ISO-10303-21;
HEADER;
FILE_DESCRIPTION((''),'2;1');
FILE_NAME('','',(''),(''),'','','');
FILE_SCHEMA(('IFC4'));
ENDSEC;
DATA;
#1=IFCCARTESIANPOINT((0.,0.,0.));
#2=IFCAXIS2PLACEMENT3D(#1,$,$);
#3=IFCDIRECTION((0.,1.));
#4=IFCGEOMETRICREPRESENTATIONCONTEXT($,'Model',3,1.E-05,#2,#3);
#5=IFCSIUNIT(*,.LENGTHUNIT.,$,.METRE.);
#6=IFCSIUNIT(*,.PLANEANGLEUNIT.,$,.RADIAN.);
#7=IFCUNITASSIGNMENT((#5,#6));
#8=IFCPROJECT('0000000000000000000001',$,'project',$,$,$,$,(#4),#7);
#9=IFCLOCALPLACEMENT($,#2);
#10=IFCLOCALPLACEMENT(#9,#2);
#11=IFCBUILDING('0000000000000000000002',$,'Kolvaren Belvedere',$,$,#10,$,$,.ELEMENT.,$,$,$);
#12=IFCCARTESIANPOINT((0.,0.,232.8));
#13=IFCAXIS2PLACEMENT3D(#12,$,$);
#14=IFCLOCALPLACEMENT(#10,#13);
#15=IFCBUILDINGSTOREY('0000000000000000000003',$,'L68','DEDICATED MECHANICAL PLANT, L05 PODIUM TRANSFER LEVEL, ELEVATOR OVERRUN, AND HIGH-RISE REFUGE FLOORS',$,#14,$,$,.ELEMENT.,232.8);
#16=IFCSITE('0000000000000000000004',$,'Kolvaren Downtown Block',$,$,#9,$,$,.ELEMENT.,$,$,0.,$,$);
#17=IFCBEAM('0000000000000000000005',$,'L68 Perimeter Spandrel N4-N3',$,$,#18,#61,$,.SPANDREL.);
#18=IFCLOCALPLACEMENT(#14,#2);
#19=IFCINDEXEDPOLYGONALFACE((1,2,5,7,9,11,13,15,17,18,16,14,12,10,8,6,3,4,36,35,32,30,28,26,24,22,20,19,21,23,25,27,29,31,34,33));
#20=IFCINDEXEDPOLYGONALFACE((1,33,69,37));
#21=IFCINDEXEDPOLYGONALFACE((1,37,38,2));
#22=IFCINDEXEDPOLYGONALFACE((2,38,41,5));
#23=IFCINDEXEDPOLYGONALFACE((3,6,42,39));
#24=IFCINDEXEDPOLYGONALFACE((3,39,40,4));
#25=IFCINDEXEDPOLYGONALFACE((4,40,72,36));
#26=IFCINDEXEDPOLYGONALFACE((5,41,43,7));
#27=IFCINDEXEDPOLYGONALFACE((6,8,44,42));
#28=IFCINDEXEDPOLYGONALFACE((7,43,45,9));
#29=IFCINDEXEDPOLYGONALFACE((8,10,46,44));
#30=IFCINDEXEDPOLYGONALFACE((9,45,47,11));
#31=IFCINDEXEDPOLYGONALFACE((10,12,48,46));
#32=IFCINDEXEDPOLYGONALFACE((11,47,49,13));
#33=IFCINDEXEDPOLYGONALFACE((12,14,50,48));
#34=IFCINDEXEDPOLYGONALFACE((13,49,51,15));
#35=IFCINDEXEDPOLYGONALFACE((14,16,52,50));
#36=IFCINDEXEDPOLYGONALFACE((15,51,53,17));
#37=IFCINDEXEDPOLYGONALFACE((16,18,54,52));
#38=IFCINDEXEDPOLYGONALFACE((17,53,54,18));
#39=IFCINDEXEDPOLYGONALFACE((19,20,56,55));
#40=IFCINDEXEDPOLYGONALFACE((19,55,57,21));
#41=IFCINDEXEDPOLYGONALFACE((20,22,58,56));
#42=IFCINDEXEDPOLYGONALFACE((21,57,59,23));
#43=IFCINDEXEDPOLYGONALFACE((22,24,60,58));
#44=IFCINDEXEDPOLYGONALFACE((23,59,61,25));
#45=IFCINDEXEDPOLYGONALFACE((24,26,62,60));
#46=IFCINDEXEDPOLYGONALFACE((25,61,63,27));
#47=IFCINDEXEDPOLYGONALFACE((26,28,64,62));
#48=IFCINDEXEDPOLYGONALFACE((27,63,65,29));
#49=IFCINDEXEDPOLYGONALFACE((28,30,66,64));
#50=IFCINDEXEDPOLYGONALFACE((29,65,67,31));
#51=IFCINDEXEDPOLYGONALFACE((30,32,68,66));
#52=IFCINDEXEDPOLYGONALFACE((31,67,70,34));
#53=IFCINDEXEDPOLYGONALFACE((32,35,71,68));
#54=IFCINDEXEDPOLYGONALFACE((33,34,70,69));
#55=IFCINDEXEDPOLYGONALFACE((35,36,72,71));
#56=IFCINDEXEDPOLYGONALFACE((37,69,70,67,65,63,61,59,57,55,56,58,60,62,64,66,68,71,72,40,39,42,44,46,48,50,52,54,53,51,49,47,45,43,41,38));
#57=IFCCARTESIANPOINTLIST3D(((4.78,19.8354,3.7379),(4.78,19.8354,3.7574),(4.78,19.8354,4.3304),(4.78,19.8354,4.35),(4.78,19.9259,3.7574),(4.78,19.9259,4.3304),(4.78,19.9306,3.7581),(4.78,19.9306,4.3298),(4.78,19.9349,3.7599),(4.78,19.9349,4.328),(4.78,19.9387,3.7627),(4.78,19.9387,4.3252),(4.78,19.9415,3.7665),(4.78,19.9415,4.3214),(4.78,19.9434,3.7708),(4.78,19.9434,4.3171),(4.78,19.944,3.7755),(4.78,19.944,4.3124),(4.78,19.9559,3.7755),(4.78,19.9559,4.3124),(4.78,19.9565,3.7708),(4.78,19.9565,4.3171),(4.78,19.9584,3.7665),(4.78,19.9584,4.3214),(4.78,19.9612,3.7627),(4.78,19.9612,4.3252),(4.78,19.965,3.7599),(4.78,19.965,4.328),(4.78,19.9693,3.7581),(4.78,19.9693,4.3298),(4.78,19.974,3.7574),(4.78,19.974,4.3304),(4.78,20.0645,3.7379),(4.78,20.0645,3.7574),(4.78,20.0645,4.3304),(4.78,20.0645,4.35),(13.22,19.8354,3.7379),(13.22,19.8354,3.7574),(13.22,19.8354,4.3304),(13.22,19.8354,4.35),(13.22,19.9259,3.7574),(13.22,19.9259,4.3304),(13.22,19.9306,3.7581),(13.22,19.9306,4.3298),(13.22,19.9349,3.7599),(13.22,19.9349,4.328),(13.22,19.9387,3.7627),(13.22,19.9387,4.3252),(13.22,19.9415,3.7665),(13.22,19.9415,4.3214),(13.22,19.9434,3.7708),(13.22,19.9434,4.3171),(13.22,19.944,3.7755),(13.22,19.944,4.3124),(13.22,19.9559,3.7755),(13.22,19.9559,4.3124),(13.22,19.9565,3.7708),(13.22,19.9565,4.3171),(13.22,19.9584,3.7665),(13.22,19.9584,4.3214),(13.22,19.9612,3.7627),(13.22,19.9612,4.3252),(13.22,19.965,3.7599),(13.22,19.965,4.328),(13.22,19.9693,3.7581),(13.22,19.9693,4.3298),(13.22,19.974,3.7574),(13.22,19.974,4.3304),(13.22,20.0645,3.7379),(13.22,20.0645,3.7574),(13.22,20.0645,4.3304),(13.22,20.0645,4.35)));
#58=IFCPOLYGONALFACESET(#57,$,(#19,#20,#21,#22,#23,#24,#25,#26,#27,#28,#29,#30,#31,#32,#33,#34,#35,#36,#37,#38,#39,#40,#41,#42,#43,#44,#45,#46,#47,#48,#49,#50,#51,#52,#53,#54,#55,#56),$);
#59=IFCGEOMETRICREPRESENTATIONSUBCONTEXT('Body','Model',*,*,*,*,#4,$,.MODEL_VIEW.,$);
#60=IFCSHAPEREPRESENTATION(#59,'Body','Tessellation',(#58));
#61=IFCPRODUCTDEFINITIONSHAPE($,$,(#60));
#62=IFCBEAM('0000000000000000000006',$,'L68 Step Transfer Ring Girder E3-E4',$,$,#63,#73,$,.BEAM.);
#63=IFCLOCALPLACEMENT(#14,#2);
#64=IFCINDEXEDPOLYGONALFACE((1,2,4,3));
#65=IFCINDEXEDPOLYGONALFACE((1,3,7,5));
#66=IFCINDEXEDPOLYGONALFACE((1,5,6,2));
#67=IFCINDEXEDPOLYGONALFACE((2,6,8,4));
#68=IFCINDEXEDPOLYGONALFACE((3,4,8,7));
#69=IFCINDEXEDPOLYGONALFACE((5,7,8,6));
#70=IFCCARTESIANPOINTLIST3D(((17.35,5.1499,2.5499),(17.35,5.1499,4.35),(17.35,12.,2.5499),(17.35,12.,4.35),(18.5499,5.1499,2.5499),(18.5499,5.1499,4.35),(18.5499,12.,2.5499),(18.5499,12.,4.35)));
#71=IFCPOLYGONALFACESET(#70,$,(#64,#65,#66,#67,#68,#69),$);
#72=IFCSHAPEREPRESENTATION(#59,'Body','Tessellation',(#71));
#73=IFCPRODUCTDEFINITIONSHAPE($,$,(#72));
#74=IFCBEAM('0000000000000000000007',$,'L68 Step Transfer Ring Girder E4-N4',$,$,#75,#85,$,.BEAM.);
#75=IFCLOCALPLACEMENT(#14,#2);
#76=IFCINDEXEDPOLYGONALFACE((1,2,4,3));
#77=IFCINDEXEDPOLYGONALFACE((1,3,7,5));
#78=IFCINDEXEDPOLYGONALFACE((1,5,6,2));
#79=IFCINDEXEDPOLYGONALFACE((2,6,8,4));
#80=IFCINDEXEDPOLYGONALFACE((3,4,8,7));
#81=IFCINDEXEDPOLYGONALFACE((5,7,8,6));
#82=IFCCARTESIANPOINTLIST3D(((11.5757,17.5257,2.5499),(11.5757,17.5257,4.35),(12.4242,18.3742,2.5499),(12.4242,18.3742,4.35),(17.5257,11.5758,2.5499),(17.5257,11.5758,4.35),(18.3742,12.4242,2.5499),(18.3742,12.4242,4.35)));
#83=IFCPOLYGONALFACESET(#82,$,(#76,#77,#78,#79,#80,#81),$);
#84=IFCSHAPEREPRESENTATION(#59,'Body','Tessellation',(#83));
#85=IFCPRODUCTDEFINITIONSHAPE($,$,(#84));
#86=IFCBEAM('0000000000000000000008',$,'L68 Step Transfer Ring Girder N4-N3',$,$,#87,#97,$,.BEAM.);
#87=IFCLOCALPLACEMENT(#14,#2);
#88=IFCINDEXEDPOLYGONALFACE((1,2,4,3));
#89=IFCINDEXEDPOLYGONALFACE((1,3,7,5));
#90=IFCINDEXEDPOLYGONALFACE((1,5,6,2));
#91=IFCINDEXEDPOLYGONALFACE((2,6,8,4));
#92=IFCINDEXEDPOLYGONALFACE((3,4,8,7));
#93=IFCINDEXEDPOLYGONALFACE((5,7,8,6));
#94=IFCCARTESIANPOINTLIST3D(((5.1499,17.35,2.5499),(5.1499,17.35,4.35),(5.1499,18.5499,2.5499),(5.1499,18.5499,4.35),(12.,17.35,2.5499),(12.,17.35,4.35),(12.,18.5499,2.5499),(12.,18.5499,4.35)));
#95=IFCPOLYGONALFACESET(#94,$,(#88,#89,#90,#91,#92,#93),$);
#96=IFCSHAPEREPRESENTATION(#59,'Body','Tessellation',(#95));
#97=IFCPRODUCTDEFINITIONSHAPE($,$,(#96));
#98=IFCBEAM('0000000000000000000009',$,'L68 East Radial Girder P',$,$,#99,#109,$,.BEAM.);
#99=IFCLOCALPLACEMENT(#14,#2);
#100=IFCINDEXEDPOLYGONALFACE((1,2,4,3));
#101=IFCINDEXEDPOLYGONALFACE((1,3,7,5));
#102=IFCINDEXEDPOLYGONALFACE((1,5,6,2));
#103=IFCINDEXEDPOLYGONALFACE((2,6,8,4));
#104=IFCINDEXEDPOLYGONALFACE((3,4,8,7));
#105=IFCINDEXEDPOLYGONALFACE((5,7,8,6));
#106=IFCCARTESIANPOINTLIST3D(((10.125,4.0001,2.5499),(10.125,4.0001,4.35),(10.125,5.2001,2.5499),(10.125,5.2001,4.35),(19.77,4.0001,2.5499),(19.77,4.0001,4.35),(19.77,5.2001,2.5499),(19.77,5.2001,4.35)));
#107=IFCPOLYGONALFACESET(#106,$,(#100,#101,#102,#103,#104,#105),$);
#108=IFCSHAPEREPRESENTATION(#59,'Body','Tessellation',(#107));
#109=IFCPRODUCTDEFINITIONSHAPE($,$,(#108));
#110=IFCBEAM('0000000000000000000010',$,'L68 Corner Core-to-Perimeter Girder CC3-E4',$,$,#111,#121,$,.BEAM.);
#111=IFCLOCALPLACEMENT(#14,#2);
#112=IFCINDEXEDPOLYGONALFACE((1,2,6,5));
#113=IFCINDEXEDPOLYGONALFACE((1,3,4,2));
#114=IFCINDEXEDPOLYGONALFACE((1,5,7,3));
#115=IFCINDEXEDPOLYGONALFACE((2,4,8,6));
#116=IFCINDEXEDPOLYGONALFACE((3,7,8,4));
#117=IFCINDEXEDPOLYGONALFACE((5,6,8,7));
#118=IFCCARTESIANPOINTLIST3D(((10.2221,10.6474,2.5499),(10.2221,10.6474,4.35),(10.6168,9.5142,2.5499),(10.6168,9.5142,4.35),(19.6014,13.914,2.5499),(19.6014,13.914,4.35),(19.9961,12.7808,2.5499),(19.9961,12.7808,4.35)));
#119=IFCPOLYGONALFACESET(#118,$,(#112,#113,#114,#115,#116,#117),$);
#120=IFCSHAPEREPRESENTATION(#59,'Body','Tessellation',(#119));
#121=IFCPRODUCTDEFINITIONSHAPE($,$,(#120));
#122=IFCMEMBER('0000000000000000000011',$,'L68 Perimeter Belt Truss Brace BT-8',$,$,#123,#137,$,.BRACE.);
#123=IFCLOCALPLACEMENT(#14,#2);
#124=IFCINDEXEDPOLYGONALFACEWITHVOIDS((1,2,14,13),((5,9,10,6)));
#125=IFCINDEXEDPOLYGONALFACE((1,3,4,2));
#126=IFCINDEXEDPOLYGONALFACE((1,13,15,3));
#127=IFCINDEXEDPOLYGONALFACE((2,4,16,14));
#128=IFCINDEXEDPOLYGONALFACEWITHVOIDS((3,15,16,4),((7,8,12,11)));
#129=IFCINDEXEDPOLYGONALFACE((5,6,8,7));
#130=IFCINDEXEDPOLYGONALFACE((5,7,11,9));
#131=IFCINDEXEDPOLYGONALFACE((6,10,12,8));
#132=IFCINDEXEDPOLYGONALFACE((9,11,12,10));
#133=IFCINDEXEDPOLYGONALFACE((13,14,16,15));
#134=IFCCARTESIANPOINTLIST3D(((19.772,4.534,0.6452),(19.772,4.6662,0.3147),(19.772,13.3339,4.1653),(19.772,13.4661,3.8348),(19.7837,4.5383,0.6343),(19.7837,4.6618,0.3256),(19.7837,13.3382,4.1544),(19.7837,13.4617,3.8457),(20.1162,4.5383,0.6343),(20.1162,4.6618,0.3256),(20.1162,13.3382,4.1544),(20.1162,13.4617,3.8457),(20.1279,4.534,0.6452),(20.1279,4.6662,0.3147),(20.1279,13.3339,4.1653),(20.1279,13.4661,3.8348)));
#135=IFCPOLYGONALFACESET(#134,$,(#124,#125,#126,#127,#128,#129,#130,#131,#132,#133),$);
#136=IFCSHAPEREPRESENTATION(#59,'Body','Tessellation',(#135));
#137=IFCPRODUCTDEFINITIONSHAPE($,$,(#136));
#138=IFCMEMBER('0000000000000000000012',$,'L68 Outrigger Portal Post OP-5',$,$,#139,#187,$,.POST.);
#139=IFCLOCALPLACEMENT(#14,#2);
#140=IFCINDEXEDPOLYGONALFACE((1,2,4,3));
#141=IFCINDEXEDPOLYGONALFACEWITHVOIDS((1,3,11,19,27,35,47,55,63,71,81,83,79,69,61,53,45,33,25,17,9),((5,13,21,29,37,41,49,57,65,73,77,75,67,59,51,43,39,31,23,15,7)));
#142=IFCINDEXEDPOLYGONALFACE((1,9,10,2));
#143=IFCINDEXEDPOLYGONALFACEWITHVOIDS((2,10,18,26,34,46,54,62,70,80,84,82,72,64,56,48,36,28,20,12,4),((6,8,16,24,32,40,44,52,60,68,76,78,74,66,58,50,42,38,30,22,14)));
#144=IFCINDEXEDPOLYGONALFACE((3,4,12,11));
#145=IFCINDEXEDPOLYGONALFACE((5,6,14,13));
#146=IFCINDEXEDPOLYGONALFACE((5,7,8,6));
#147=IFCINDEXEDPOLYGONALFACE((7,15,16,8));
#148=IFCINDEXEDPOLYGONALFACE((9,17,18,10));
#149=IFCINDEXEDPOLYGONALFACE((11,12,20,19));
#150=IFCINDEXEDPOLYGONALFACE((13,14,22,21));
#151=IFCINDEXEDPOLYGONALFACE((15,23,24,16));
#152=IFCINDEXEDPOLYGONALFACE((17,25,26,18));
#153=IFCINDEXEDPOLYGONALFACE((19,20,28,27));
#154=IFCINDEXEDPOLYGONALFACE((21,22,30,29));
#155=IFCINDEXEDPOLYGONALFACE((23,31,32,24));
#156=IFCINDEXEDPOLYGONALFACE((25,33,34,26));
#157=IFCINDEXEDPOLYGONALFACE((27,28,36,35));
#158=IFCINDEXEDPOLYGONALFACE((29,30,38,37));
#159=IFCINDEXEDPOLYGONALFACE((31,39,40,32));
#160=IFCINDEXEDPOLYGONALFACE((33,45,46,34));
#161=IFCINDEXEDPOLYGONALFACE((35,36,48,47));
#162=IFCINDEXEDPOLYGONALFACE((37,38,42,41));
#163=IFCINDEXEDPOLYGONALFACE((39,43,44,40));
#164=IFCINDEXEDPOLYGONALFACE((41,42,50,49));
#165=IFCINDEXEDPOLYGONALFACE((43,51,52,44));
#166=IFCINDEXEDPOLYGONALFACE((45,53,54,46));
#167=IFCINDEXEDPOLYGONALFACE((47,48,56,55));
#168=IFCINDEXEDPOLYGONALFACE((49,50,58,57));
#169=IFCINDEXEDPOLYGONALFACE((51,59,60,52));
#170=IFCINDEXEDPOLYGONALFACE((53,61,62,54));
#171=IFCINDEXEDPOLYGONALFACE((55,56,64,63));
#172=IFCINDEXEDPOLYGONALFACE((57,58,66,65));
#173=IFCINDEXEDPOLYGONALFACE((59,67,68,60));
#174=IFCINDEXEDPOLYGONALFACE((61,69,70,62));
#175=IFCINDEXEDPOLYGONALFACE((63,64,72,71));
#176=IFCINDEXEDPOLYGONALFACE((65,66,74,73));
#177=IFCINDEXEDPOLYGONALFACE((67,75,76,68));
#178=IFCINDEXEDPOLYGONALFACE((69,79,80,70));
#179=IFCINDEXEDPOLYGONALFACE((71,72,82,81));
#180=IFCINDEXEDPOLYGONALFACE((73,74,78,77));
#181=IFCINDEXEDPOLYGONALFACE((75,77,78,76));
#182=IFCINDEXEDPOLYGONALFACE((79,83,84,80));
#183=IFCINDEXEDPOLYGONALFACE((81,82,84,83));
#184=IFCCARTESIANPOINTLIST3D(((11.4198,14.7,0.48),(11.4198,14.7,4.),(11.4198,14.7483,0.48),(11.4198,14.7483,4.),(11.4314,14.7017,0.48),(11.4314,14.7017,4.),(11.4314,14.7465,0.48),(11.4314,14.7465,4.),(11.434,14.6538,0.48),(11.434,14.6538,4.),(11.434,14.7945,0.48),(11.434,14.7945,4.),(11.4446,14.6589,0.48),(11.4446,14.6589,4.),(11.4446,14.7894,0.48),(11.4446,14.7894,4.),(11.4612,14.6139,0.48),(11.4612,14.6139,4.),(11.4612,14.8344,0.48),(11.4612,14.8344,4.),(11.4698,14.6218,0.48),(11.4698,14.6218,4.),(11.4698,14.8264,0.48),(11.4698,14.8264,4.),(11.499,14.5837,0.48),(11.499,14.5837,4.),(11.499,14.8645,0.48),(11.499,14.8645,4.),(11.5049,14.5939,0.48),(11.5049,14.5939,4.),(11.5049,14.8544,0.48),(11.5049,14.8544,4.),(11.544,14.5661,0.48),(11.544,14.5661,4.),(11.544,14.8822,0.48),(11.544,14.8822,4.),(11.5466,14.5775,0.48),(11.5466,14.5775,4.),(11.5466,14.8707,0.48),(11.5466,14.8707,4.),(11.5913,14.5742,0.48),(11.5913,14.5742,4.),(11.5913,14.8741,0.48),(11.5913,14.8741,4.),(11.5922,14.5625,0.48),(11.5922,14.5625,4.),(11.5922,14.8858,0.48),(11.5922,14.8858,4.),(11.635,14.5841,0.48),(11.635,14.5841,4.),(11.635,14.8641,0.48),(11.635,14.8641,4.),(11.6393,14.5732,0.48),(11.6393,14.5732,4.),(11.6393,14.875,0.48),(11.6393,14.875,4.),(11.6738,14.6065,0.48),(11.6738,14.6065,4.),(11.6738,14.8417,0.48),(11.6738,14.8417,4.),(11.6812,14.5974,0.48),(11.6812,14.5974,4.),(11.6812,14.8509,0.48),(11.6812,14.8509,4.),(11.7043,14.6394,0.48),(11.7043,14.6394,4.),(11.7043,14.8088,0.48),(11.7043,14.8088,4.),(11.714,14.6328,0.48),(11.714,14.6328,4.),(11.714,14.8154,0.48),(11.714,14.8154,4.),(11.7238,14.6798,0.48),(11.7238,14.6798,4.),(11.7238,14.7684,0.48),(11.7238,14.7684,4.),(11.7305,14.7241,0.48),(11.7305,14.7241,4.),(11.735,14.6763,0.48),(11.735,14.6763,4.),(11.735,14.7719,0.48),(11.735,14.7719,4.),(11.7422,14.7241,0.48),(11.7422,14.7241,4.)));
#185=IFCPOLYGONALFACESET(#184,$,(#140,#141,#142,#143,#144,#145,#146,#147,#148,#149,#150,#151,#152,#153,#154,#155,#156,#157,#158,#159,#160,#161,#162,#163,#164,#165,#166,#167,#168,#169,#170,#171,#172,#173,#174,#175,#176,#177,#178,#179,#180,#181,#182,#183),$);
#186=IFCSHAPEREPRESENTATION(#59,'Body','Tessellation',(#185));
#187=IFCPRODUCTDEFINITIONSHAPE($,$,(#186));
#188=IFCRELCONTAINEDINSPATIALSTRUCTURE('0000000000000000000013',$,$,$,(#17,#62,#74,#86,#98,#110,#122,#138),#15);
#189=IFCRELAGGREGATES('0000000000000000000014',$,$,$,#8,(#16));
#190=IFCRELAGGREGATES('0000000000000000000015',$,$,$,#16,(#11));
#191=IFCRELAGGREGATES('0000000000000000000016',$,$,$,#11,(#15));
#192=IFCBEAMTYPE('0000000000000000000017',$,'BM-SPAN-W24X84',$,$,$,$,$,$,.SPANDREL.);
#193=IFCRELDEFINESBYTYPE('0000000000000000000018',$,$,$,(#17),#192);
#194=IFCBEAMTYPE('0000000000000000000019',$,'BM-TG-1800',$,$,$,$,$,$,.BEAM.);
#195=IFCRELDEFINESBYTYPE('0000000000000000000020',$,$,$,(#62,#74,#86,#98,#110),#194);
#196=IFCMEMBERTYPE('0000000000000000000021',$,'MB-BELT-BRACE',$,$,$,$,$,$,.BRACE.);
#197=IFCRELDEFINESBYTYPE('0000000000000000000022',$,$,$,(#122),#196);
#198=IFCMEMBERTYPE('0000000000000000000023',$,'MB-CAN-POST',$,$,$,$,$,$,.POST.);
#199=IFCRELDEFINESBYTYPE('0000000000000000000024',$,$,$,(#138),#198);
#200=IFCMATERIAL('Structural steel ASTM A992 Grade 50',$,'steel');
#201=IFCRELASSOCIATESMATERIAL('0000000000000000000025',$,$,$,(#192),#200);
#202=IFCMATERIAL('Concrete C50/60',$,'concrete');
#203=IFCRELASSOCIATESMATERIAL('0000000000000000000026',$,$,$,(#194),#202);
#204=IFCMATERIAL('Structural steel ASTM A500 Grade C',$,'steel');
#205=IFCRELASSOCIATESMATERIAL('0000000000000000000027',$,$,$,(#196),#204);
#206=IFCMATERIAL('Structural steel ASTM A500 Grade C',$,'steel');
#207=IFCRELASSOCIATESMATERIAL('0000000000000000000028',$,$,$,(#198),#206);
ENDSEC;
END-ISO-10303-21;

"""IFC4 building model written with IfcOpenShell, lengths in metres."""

from ifc_helpers import new_model, si_unit, direction, frame, origin, origin_2d, place, context, subcontext, project, spatial, rectangle, hollow_rectangle, hollow_circle, i_section, extrude, material, material_profile, profile_set, type_object, element, save


model = new_model("IFC4")

# Units and contexts
model_context = context("Model", 3, precision=1e-05, world=origin(), true_north=direction((0.0, 1.0)))
body_context = subcontext(model_context, "Body", "Model", "MODEL_VIEW")
ifc_project = project(units=[si_unit("LENGTHUNIT", "METRE"), si_unit("PLANEANGLEUNIT", "RADIAN")], contexts=[model_context])

# Site, building, storey
site_placement = place(None, origin())
site = spatial("IfcSite", under=ifc_project, at=site_placement, Name="Kolvaren Downtown Block", CompositionType="ELEMENT", RefElevation=0.0)
building_placement = place(site_placement, origin())
building = spatial("IfcBuilding", under=site, at=building_placement, Name="Kolvaren Belvedere", CompositionType="ELEMENT")
storey_placement = place(building_placement, frame((0.0, 0.0, 232.8)))
storey = spatial("IfcBuildingStorey", under=building, at=storey_placement, Name="L68", Description="DEDICATED MECHANICAL PLANT, L05 PODIUM TRANSFER LEVEL, ELEVATOR OVERRUN, AND HIGH-RISE REFUGE FLOORS", CompositionType="ELEMENT", Elevation=232.8)

# Beams
ifc_material_1 = material(Name="Structural steel ASTM A992 Grade 50", Category="steel")
ifc_material_profile_1 = material_profile(ifc_material_1, i_section(OverallWidth=0.229, OverallDepth=0.6121, WebThickness=0.012, FlangeThickness=0.0195, FilletRadius=0.0181, at=origin_2d()), Name="W24X84")
ifc_profile_set_1 = profile_set([ifc_material_profile_1], Name="Structural steel ASTM A992 Grade 50")
beam_type_1 = type_object("IfcBeamType", Name="BM-SPAN-W24X84", PredefinedType="SPANDREL", material=ifc_profile_set_1)
beam_1_placement = place(storey_placement, frame((13.22, 19.95, 4.0439), z_axis=(-1.0, 0.0, 0.0), x_axis=(0.0, -1.0, 0.0)))
element("IfcBeam", 1, at=beam_1_placement, inside=storey, type_object=beam_type_1, Name="L68 Perimeter Spandrel N4-N3", PredefinedType="SPANDREL", context=body_context, shape_type="SweptSolid", body=[
    extrude(i_section(OverallWidth=0.229, OverallDepth=0.6121, WebThickness=0.012, FlangeThickness=0.0195, FilletRadius=0.0181, at=origin_2d()), origin(), (0.0, 0.0, 1.0), 8.4399),
])
ifc_material_2 = material(Name="Concrete C50/60", Category="concrete")
ifc_material_profile_2 = material_profile(ifc_material_2, rectangle(XDim=1.2, YDim=1.8, at=origin_2d()), Name="RC 1200X1800")
ifc_profile_set_2 = profile_set([ifc_material_profile_2], Name="Concrete C50/60")
beam_type_2 = type_object("IfcBeamType", Name="BM-TG-1800", PredefinedType="BEAM", material=ifc_profile_set_2)
beam_2_placement = place(storey_placement, frame((17.95, 5.1499, 3.45), z_axis=(0.0, 1.0, 0.0), x_axis=(-1.0, 0.0, 0.0)))
element("IfcBeam", 2, at=beam_2_placement, inside=storey, type_object=beam_type_2, Name="L68 Step Transfer Ring Girder E3-E4", PredefinedType="BEAM", context=body_context, shape_type="SweptSolid", body=[
    extrude(rectangle(XDim=1.2, YDim=1.8, at=origin_2d()), origin(), (0.0, 0.0, 1.0), 6.8501),
])
beam_3_placement = place(storey_placement, frame((17.95, 12.0, 3.45), z_axis=(-0.707107, 0.707107, 0.0), x_axis=(-0.707107, -0.707107, 0.0)))
element("IfcBeam", 3, at=beam_3_placement, inside=storey, type_object=beam_type_2, Name="L68 Step Transfer Ring Girder E4-N4", PredefinedType="BEAM", context=body_context, shape_type="SweptSolid", body=[
    extrude(rectangle(XDim=1.2, YDim=1.8, at=origin_2d()), origin(), (0.0, 0.0, 1.0), 8.4146),
])
beam_4_placement = place(storey_placement, frame((12.0, 17.95, 3.45), z_axis=(-1.0, 0.0, 0.0), x_axis=(0.0, -1.0, 0.0)))
element("IfcBeam", 4, at=beam_4_placement, inside=storey, type_object=beam_type_2, Name="L68 Step Transfer Ring Girder N4-N3", PredefinedType="BEAM", context=body_context, shape_type="SweptSolid", body=[
    extrude(rectangle(XDim=1.2, YDim=1.8, at=origin_2d()), origin(), (0.0, 0.0, 1.0), 6.8501),
])
beam_5_placement = place(storey_placement, frame((10.125, 4.6001, 3.45), z_axis=(1.0, 0.0, 0.0), x_axis=(0.0, 1.0, 0.0)))
element("IfcBeam", 5, at=beam_5_placement, inside=storey, type_object=beam_type_2, Name="L68 East Radial Girder P", PredefinedType="BEAM", context=body_context, shape_type="SweptSolid", body=[
    extrude(rectangle(XDim=1.2, YDim=1.8, at=origin_2d()), origin(), (0.0, 0.0, 1.0), 9.645),
])
beam_6_placement = place(storey_placement, frame((10.4194, 10.0808, 3.45), z_axis=(0.944365, 0.328898, 0.0), x_axis=(-0.328898, 0.944365, 0.0)))
element("IfcBeam", 6, at=beam_6_placement, inside=storey, type_object=beam_type_2, Name="L68 Corner Core-to-Perimeter Girder CC3-E4", PredefinedType="BEAM", context=body_context, shape_type="SweptSolid", body=[
    extrude(rectangle(XDim=1.2, YDim=1.8, at=origin_2d()), origin(), (0.0, 0.0, 1.0), 9.9319),
])

# Members
ifc_material_3 = material(Name="Structural steel ASTM A500 Grade C", Category="steel")
ifc_material_profile_3 = material_profile(ifc_material_3, hollow_rectangle(XDim=0.356, YDim=0.356, WallThickness=0.0117, at=origin_2d()), Name="HSS14X14X1/2")
ifc_profile_set_3 = profile_set([ifc_material_profile_3], Name="Structural steel ASTM A500 Grade C")
member_type_1 = type_object("IfcMemberType", Name="MB-BELT-BRACE", PredefinedType="BRACE", material=ifc_profile_set_3)
member_1_placement = place(storey_placement, frame((19.95, 4.6001, 0.48), z_axis=(0.0, 0.928473, 0.3714), x_axis=(-1.0, 0.0, 0.0)))
element("IfcMember", 7, at=member_1_placement, inside=storey, type_object=member_type_1, Name="L68 Perimeter Belt Truss Brace BT-8", PredefinedType="BRACE", context=body_context, shape_type="SweptSolid", body=[
    extrude(hollow_rectangle(XDim=0.356, YDim=0.356, WallThickness=0.0117, at=origin_2d()), origin(), (0.0, 0.0, 1.0), 9.4778),
])
ifc_material_4 = material(Name="Structural steel ASTM A500 Grade C", Category="steel")
ifc_material_profile_4 = material_profile(ifc_material_4, hollow_circle(Radius=0.1621, WallThickness=0.0117, at=origin_2d()), Name="HSS12.750X0.500")
ifc_profile_set_4 = profile_set([ifc_material_profile_4], Name="Structural steel ASTM A500 Grade C")
member_type_2 = type_object("IfcMemberType", Name="MB-CAN-POST", PredefinedType="POST", material=ifc_profile_set_4)
for number, where, z_axis, x_axis, name in (
    (8, (11.5801, 14.7241, 0.48), (0.0, 0.0, 1.0), (1.0, 0.0, 0.0), "L68 Outrigger Portal Post OP-5"),
):
    element("IfcMember", number, at=place(storey_placement, frame(where, z_axis=z_axis, x_axis=x_axis)), inside=storey, type_object=member_type_2, Name=name, PredefinedType="POST", context=body_context, shape_type="SweptSolid", body=[
        extrude(hollow_circle(Radius=0.1621, WallThickness=0.0117, at=origin_2d()), origin(), (0.0, 0.0, 1.0), 3.52),
    ])

save(model, "model.ifc")
